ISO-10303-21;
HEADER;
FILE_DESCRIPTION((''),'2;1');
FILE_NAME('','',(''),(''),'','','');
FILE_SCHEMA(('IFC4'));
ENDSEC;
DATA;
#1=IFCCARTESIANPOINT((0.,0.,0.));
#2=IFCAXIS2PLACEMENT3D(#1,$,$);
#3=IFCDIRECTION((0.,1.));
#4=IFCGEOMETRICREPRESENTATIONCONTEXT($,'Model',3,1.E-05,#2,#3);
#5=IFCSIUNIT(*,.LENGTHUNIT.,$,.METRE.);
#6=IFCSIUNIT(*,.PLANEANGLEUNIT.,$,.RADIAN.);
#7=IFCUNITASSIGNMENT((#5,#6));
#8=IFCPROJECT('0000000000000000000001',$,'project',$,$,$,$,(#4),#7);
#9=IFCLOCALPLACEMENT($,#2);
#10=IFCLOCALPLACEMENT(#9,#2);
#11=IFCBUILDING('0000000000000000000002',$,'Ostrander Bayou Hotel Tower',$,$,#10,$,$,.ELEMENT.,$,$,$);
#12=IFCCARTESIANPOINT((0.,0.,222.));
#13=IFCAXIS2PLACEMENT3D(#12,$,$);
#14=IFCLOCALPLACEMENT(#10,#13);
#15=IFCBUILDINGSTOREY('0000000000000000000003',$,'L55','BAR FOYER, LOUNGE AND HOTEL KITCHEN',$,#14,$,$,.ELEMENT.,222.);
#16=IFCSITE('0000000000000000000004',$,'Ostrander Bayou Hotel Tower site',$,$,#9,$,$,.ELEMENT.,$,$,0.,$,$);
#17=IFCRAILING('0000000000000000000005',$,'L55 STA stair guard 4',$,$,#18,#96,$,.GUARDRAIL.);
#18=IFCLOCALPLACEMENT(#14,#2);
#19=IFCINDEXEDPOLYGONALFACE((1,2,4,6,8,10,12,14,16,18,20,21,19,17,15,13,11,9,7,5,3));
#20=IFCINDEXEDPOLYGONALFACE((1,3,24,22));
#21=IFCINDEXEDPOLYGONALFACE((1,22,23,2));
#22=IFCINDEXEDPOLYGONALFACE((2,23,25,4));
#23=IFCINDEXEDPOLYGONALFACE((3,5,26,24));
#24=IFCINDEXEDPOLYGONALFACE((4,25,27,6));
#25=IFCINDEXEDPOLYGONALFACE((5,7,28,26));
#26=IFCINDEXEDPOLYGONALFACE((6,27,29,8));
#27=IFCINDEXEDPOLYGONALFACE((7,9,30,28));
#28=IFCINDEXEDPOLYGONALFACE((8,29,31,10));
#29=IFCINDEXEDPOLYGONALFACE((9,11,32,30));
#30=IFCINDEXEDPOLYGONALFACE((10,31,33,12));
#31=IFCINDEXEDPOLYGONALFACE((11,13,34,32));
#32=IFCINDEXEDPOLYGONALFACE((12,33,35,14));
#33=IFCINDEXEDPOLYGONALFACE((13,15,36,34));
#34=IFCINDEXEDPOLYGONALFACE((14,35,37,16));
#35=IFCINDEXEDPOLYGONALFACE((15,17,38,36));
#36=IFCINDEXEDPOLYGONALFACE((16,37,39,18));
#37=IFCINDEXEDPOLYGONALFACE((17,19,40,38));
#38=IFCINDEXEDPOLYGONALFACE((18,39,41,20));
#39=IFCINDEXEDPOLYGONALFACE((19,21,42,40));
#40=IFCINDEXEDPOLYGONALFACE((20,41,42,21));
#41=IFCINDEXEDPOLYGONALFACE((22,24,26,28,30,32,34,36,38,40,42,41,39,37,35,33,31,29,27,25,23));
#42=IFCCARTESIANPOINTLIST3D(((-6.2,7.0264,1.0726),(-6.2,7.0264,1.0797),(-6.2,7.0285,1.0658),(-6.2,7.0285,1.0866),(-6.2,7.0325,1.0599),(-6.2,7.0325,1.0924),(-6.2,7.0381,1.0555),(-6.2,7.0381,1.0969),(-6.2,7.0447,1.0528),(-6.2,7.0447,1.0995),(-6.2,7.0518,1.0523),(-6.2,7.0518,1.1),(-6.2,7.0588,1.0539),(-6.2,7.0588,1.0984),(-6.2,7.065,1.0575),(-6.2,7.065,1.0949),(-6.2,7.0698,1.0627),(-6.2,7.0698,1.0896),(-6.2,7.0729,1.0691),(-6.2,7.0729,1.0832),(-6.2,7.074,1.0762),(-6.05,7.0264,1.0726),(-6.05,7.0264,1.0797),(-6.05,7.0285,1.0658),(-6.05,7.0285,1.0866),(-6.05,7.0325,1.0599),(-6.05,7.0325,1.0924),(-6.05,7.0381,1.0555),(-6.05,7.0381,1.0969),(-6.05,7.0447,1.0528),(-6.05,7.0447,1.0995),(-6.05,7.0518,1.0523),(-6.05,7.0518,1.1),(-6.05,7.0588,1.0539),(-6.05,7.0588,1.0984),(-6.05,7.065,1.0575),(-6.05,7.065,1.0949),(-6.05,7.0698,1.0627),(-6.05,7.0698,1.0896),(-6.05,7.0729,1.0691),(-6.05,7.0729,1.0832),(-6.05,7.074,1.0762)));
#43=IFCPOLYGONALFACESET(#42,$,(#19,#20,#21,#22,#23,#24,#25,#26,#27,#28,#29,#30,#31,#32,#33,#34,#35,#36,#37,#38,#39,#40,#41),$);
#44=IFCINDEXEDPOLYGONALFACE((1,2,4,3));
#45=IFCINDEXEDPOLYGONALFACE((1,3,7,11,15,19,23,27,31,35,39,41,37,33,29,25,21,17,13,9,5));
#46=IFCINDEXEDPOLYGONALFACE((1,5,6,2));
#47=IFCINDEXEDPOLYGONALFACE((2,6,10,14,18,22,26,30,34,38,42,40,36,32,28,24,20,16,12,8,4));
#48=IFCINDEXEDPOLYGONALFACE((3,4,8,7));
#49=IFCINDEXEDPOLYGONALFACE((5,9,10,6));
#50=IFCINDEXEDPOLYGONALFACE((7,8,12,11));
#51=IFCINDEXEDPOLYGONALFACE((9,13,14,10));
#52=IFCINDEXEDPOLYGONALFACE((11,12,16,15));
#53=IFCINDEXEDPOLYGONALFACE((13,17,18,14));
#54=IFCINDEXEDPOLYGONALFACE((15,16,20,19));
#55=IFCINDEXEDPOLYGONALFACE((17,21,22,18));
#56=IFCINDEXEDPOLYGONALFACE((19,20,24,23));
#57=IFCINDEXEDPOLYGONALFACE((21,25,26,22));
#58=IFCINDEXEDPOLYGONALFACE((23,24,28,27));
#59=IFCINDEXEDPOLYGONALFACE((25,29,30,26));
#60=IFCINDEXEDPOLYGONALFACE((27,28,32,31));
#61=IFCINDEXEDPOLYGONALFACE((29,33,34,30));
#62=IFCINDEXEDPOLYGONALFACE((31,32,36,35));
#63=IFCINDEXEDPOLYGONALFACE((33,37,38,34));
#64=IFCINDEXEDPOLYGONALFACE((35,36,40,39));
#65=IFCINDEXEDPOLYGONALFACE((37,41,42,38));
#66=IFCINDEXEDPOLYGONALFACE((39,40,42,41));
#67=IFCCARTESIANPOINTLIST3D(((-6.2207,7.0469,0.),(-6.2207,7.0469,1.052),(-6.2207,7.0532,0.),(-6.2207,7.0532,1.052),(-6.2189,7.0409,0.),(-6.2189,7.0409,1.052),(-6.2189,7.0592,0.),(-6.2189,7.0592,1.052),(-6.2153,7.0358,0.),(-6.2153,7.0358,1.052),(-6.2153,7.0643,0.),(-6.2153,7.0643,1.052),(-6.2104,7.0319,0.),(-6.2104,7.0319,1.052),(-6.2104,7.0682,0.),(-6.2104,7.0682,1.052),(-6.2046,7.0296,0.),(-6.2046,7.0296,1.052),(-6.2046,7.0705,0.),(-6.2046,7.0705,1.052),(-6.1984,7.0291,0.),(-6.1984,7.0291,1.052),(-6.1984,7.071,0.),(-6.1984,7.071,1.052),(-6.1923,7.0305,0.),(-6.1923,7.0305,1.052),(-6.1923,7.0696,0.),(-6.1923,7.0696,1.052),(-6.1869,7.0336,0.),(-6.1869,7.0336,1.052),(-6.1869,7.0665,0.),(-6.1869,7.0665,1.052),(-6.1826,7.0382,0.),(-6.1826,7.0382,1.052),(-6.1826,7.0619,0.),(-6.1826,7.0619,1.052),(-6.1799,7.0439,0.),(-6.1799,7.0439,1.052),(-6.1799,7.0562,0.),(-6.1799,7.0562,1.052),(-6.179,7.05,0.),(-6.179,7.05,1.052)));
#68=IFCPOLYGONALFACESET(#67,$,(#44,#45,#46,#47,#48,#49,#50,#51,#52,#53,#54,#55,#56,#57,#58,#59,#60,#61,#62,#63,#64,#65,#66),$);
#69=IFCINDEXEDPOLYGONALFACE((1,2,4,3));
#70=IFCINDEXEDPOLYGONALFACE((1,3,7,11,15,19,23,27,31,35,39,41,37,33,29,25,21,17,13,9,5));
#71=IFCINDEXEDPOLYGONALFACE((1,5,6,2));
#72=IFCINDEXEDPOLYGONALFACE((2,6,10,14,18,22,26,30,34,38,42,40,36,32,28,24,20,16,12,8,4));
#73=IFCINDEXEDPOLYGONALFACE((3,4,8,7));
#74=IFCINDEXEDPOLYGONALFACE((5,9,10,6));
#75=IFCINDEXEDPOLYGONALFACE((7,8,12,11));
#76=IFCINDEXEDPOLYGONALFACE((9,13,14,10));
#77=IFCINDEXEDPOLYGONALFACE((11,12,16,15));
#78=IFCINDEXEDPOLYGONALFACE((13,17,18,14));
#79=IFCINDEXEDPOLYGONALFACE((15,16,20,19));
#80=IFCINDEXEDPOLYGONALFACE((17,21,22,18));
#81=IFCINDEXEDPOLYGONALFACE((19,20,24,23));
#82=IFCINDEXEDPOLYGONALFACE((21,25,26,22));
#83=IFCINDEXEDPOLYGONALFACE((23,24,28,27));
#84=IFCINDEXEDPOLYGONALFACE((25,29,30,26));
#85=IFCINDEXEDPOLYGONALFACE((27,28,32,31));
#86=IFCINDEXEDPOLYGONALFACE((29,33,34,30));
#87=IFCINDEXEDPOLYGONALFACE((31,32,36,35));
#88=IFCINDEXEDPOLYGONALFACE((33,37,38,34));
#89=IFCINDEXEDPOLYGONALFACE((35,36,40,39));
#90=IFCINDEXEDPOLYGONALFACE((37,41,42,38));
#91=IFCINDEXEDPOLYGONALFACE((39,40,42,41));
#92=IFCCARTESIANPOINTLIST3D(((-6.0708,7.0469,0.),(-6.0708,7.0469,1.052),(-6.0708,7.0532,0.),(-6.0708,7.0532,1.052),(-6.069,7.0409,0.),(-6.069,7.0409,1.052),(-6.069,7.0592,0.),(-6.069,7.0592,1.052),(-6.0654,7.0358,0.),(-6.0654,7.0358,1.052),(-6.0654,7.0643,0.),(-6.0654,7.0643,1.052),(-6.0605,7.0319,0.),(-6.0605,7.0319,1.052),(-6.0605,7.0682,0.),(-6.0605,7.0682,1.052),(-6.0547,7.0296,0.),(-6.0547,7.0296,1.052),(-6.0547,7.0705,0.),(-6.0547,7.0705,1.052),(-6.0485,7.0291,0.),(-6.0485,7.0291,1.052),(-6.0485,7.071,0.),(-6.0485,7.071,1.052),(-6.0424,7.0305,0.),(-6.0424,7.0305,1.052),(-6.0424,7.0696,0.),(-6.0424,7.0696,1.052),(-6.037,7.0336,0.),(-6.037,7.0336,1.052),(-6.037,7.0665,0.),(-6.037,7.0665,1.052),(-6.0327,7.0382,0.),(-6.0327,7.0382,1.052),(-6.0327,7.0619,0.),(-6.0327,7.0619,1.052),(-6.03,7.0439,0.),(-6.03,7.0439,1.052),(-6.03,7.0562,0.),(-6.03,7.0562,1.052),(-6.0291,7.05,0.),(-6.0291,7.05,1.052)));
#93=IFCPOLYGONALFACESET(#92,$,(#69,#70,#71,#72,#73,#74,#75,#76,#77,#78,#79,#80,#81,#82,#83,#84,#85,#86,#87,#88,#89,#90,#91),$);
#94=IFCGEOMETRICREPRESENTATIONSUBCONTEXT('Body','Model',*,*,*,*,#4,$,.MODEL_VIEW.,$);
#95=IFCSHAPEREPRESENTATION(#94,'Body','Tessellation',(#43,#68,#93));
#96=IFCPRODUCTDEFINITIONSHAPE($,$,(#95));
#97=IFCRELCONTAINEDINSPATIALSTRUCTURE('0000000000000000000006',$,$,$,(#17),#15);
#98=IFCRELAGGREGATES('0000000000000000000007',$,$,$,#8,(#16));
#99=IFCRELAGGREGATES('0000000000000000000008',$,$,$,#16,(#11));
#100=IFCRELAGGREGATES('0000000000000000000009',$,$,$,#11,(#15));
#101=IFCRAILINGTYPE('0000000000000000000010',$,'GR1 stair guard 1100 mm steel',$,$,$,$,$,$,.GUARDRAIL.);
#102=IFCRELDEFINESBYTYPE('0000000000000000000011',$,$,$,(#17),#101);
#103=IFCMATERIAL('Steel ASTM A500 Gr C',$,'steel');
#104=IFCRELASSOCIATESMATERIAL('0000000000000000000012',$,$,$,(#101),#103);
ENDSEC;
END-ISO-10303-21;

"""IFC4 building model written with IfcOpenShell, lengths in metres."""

from ifc_helpers import new_model, si_unit, direction, frame, origin, origin_2d, place, context, subcontext, project, spatial, circle, extrude, material, type_object, element, save


model = new_model("IFC4")

# Units and contexts
model_context = context("Model", 3, precision=1e-05, world=origin(), true_north=direction((0.0, 1.0)))
body_context = subcontext(model_context, "Body", "Model", "MODEL_VIEW")
ifc_project = project(units=[si_unit("LENGTHUNIT", "METRE"), si_unit("PLANEANGLEUNIT", "RADIAN")], contexts=[model_context])

# Site, building, storey
site_placement = place(None, origin())
site = spatial("IfcSite", under=ifc_project, at=site_placement, Name="Ostrander Bayou Hotel Tower site", CompositionType="ELEMENT", RefElevation=0.0)
building_placement = place(site_placement, origin())
building = spatial("IfcBuilding", under=site, at=building_placement, Name="Ostrander Bayou Hotel Tower", CompositionType="ELEMENT")
storey_placement = place(building_placement, frame((0.0, 0.0, 222.0)))
storey = spatial("IfcBuildingStorey", under=building, at=storey_placement, Name="L55", Description="BAR FOYER, LOUNGE AND HOTEL KITCHEN", CompositionType="ELEMENT", Elevation=222.0)

# Railing
ifc_material_1 = material(Name="Steel ASTM A500 Gr C", Category="steel")
railing_type_1 = type_object("IfcRailingType", Name="GR1 stair guard 1100 mm steel", PredefinedType="GUARDRAIL", material=ifc_material_1)
railing_1_placement = place(storey_placement, frame((-6.2, 7.05, 0.0)))
element("IfcRailing", 1, at=railing_1_placement, inside=storey, type_object=railing_type_1, Name="L55 STA stair guard 4", PredefinedType="GUARDRAIL", context=body_context, shape_type="SweptSolid", body=[
    extrude(circle(Radius=0.0239, at=origin_2d()), frame((0.0, 0.0, 1.0762), z_axis=(1.0, 0.0, 0.0), x_axis=(0.0, 1.0, 0.0)), (0.0, 0.0, 1.0), 0.1499),
    extrude(circle(Radius=0.021, at=origin_2d()), origin(), (0.0, 0.0, 1.0), 1.052),
    extrude(circle(Radius=0.021, at=origin_2d()), frame((0.1499, 0.0, 0.0)), (0.0, 0.0, 1.0), 1.052),
])

save(model, "model.ifc")
